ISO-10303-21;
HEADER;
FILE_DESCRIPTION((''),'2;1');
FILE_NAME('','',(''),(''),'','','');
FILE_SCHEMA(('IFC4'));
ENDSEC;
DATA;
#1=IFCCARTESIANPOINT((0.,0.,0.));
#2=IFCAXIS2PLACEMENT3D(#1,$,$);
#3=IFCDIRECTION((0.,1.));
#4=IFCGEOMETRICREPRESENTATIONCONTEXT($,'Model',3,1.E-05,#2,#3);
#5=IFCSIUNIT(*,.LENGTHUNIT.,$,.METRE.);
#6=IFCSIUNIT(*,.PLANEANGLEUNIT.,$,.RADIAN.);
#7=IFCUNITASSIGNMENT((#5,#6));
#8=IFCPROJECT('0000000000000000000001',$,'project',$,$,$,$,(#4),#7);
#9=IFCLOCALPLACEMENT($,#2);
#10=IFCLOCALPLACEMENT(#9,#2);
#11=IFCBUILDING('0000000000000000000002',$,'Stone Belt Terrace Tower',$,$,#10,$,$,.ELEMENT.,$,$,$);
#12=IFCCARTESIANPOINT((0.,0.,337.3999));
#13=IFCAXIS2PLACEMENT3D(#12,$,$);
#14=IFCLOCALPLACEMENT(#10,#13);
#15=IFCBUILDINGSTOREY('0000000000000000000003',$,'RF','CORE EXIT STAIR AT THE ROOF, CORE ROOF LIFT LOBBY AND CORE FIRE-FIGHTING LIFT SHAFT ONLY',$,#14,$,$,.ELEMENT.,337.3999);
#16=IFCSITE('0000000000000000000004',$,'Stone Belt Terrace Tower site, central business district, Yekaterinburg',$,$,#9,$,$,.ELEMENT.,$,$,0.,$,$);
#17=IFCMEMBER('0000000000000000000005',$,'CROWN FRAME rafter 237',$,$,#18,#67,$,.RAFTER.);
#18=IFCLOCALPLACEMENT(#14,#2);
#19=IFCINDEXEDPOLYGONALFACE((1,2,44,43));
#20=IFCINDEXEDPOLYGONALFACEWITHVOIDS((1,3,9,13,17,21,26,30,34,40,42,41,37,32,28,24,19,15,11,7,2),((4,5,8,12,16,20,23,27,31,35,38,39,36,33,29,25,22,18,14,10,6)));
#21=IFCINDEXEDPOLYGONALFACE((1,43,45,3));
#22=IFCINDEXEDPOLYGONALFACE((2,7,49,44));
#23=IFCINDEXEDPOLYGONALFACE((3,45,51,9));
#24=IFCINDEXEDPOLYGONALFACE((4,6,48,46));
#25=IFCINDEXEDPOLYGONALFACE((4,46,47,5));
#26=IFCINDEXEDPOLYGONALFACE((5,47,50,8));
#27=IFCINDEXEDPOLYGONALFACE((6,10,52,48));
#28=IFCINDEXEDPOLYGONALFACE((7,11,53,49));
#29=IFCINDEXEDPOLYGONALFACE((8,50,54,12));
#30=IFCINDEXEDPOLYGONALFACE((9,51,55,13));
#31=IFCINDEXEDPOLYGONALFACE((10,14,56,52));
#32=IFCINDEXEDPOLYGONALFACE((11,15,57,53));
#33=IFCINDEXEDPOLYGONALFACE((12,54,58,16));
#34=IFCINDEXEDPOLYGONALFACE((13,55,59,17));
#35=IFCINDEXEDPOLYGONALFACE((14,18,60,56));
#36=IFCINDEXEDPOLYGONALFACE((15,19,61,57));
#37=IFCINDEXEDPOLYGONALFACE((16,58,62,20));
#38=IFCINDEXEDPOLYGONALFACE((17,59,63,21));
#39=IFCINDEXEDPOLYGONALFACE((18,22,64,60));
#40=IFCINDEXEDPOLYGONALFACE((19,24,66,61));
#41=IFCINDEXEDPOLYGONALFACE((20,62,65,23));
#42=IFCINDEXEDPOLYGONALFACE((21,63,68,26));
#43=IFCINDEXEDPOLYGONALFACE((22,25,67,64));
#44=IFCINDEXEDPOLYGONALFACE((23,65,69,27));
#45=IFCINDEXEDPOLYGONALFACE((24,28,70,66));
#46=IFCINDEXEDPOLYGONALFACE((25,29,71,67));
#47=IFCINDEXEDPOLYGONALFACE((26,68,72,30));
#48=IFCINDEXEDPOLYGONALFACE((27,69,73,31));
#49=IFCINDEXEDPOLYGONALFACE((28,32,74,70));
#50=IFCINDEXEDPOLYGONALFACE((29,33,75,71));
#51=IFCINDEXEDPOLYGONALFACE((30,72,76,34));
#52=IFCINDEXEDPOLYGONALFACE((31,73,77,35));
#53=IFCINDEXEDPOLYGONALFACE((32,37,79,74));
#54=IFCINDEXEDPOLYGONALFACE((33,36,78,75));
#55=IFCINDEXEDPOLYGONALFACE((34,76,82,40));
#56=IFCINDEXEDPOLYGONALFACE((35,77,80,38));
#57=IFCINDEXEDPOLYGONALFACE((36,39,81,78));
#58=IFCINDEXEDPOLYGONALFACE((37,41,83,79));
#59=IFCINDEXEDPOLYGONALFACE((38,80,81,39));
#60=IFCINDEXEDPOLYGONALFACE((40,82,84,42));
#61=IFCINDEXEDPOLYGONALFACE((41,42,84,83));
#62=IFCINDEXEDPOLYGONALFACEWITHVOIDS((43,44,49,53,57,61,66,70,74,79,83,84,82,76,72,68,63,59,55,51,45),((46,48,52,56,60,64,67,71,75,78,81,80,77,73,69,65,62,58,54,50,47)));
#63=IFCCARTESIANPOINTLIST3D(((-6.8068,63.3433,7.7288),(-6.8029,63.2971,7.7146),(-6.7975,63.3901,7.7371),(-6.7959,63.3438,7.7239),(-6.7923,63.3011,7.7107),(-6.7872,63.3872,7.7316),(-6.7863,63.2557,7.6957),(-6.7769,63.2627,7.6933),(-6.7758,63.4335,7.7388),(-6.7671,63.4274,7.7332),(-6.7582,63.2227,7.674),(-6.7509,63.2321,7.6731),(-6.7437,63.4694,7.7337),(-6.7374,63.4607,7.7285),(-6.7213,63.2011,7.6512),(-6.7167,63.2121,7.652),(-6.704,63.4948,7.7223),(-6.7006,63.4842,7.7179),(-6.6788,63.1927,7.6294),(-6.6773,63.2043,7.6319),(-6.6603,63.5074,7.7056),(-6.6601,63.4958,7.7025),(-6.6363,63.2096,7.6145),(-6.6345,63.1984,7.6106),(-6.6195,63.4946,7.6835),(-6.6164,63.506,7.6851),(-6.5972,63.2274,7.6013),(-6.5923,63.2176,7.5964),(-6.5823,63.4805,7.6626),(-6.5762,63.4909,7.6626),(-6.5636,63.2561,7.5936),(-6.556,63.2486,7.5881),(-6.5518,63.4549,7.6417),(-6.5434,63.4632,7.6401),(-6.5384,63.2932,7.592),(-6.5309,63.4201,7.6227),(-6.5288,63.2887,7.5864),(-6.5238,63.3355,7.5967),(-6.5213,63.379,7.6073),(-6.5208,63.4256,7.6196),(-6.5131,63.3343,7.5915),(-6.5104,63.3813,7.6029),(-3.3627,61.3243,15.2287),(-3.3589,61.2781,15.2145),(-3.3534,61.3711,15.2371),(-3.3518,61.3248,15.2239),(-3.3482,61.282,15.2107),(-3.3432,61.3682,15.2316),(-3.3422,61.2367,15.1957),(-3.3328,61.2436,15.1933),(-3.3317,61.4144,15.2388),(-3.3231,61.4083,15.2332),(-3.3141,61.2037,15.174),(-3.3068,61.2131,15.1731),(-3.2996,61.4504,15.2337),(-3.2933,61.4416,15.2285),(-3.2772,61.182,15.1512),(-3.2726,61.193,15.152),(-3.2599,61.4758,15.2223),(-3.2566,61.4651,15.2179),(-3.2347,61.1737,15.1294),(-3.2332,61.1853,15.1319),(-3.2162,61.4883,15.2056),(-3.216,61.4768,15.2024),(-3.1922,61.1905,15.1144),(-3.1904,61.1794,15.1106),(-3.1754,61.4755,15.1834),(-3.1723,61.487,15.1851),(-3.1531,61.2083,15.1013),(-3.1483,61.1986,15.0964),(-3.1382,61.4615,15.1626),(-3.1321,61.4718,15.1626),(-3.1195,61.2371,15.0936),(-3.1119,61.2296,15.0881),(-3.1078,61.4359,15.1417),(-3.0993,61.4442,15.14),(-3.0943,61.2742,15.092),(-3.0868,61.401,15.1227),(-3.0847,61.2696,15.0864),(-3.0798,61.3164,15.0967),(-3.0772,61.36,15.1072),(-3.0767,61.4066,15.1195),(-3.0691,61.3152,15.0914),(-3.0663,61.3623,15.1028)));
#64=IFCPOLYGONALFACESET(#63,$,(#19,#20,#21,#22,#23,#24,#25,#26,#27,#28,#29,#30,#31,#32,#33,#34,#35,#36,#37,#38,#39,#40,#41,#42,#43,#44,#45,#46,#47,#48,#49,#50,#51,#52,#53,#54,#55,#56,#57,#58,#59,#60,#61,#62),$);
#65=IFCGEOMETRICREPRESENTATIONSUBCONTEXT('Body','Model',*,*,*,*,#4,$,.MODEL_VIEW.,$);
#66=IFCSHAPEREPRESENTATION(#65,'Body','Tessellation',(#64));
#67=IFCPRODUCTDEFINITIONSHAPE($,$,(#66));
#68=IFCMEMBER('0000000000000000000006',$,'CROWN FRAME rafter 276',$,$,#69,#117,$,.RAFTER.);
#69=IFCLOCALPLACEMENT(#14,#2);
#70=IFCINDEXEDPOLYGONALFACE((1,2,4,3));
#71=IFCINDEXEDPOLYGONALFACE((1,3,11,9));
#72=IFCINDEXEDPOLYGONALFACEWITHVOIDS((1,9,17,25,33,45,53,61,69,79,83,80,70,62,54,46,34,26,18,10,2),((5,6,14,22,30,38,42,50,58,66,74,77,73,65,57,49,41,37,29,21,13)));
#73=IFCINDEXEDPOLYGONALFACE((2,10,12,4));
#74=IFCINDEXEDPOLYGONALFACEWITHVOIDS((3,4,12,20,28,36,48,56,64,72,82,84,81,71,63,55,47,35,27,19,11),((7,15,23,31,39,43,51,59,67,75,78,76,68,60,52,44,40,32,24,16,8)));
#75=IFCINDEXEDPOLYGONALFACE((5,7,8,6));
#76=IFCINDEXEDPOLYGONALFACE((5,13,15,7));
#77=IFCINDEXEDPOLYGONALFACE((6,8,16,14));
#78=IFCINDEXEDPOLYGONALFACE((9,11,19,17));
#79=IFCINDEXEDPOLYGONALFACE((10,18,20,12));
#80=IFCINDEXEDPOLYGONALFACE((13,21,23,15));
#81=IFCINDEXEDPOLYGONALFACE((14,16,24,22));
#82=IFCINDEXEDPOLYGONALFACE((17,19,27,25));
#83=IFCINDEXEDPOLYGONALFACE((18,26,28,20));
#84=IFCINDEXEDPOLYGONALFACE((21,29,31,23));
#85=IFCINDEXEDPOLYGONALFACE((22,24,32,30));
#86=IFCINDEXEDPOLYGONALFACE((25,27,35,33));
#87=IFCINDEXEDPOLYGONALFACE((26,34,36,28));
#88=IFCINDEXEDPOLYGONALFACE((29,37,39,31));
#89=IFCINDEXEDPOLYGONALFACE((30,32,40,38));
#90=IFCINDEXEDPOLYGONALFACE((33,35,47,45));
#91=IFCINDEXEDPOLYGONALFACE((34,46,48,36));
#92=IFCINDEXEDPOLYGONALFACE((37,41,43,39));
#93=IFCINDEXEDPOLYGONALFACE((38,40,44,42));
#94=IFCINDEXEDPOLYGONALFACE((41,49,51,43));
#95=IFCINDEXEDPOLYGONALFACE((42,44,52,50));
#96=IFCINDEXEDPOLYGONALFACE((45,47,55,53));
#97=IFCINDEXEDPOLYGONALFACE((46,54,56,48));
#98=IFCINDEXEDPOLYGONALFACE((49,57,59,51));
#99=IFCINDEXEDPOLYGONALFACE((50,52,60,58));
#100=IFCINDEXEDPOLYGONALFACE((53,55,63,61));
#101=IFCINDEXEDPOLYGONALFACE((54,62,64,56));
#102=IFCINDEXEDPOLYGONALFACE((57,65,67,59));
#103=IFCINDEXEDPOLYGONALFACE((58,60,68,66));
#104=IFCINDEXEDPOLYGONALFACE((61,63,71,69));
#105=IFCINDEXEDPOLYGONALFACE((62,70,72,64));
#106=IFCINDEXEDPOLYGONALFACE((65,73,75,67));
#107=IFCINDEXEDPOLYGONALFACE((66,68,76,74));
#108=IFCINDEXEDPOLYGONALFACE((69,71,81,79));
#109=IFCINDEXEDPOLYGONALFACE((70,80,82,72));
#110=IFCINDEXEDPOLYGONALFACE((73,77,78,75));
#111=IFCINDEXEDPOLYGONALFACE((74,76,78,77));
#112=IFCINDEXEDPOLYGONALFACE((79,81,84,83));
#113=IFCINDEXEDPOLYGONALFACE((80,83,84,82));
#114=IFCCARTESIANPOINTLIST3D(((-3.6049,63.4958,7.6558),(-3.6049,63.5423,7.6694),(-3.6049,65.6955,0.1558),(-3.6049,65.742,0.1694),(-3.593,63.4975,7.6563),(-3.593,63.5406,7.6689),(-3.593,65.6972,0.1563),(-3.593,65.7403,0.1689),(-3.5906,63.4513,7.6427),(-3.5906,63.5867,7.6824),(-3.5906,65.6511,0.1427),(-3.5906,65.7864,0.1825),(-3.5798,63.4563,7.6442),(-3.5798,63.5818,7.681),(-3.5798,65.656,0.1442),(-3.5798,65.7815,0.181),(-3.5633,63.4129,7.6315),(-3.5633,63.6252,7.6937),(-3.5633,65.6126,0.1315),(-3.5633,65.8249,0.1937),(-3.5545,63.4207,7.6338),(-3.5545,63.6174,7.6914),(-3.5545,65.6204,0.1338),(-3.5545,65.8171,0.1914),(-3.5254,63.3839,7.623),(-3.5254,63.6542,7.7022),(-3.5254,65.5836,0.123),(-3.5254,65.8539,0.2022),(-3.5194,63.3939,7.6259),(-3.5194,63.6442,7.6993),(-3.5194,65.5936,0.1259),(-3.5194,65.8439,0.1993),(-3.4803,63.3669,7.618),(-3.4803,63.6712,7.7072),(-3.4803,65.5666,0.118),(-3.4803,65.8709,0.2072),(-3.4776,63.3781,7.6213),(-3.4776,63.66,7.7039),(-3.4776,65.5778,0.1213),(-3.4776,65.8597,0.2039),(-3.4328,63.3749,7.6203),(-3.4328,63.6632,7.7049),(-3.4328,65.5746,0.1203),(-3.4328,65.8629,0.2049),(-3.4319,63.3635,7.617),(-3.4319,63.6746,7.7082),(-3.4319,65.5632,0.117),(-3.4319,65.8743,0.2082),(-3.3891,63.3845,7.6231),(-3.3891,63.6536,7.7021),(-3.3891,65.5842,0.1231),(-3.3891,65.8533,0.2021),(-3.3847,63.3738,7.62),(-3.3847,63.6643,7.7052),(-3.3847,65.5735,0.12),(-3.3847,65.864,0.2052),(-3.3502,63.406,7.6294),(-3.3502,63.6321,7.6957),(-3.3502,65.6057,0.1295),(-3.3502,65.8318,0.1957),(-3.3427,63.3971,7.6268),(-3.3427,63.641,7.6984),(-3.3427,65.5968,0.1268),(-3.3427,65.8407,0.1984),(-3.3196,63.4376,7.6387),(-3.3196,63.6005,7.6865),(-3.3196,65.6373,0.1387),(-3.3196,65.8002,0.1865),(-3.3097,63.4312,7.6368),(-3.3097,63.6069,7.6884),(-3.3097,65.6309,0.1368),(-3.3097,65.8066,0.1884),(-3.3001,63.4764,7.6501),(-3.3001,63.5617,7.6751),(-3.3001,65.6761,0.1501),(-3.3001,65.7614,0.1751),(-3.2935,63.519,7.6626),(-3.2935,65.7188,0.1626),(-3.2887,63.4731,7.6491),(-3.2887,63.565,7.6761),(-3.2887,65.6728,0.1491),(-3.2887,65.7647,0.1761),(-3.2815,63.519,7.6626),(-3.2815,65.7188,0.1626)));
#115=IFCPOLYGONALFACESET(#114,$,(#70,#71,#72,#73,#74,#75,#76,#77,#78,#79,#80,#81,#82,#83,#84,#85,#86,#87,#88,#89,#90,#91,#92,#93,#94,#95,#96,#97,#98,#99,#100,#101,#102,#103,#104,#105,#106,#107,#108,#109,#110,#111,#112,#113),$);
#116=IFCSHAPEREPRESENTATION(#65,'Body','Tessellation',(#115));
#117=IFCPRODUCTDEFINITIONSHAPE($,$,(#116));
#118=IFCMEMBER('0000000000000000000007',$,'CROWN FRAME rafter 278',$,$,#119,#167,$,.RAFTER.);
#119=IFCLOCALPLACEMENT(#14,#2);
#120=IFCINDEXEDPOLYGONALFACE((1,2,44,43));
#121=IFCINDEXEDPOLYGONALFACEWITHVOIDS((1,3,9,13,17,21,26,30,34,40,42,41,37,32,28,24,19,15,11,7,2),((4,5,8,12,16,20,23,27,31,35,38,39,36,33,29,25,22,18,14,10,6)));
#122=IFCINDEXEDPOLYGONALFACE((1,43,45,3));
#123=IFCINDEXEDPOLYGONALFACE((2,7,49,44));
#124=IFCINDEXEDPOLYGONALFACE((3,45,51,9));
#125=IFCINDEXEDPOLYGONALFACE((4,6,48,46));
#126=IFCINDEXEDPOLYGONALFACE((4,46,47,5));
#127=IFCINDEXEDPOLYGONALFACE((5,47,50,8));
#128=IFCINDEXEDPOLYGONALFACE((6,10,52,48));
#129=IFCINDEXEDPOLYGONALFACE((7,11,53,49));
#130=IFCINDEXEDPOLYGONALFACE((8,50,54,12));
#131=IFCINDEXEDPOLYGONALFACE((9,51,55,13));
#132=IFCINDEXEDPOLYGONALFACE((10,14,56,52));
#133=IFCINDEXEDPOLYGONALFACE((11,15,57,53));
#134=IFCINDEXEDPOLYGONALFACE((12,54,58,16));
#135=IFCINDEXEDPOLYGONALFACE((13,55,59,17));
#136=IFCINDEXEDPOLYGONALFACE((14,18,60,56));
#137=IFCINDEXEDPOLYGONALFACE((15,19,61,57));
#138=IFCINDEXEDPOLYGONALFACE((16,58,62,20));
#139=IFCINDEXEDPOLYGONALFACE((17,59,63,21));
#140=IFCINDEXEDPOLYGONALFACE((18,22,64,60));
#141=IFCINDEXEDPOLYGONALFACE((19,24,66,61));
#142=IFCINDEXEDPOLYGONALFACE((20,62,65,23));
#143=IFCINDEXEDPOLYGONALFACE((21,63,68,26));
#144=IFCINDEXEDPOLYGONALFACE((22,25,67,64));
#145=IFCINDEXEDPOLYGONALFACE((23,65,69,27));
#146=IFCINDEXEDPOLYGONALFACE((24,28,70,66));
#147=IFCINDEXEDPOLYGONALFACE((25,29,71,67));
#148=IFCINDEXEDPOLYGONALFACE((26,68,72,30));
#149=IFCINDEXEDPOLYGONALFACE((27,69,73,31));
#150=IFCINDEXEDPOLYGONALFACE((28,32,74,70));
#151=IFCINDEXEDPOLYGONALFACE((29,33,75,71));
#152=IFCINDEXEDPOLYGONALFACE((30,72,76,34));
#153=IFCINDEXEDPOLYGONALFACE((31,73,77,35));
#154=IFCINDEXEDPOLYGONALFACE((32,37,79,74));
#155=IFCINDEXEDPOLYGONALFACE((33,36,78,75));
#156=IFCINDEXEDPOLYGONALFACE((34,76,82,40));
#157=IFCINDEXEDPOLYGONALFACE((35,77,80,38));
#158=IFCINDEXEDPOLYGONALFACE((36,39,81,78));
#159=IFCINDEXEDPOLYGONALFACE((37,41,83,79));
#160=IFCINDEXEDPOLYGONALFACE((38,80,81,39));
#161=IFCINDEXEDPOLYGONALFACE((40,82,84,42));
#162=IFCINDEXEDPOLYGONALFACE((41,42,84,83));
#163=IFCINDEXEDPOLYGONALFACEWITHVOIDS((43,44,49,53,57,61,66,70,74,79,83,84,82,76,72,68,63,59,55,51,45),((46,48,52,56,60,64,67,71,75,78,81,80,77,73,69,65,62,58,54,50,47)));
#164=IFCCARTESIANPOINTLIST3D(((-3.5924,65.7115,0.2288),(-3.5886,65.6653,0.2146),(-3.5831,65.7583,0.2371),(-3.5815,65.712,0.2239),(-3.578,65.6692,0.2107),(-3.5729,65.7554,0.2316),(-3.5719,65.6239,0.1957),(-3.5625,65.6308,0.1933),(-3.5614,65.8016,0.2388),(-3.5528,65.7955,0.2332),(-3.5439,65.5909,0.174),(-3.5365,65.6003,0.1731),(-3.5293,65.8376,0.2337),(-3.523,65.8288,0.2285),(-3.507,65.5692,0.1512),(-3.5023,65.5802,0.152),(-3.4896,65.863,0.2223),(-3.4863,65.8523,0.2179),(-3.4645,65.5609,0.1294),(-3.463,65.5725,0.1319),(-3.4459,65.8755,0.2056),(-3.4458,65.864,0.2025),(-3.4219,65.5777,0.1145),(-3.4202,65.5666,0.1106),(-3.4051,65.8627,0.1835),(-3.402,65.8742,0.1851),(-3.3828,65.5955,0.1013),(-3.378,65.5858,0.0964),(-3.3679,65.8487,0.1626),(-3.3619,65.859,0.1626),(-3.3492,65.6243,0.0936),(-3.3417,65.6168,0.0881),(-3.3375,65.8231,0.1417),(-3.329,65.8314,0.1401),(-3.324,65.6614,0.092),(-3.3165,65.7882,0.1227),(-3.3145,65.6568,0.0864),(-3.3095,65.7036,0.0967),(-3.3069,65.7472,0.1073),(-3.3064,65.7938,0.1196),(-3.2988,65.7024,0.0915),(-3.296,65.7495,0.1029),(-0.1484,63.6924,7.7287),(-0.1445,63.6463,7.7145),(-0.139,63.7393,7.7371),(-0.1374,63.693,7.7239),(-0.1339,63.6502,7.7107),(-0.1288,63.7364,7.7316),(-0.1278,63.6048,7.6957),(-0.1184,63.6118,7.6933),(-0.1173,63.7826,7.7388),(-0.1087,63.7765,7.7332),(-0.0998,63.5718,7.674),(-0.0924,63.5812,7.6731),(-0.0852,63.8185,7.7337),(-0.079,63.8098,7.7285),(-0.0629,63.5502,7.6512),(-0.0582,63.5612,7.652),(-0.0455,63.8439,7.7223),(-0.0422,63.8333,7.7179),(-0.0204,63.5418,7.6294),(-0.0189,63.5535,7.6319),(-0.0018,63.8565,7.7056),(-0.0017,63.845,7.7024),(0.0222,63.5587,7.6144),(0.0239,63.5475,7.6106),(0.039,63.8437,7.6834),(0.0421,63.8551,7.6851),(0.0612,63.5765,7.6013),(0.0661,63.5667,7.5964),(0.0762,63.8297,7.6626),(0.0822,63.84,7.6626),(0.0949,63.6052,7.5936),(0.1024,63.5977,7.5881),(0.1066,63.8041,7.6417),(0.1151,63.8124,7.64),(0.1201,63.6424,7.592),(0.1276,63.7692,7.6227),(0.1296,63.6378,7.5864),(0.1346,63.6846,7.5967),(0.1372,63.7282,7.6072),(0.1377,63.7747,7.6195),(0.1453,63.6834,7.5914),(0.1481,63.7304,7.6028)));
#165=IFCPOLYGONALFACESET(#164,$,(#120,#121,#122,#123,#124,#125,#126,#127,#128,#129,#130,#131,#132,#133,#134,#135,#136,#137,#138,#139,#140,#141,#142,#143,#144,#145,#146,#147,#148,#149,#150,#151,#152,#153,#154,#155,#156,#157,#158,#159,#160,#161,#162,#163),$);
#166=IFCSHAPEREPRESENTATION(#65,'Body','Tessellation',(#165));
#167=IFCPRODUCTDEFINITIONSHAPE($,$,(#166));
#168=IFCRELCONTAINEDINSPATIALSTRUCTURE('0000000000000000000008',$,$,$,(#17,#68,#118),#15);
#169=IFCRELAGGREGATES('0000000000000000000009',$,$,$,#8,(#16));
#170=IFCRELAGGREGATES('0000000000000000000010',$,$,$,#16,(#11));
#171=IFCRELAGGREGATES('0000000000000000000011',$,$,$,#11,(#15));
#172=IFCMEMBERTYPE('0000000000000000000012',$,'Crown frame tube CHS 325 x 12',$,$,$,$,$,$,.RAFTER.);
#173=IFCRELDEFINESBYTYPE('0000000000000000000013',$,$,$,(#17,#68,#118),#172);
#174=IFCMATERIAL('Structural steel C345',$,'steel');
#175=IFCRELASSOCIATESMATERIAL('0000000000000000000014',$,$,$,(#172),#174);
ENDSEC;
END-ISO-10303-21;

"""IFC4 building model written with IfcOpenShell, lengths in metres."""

from ifc_helpers import new_model, si_unit, direction, frame, origin, origin_2d, place, context, subcontext, project, spatial, hollow_circle, extrude, material, material_profile, profile_set, type_object, element, save


model = new_model("IFC4")

# Units and contexts
model_context = context("Model", 3, precision=1e-05, world=origin(), true_north=direction((0.0, 1.0)))
body_context = subcontext(model_context, "Body", "Model", "MODEL_VIEW")
ifc_project = project(units=[si_unit("LENGTHUNIT", "METRE"), si_unit("PLANEANGLEUNIT", "RADIAN")], contexts=[model_context])

# Site, building, storey
site_placement = place(None, origin())
site = spatial("IfcSite", under=ifc_project, at=site_placement, Name="Stone Belt Terrace Tower site, central business district, Yekaterinburg", CompositionType="ELEMENT", RefElevation=0.0)
building_placement = place(site_placement, origin())
building = spatial("IfcBuilding", under=site, at=building_placement, Name="Stone Belt Terrace Tower", CompositionType="ELEMENT")
storey_placement = place(building_placement, frame((0.0, 0.0, 337.3999)))
storey = spatial("IfcBuildingStorey", under=building, at=storey_placement, Name="RF", Description="CORE EXIT STAIR AT THE ROOF, CORE ROOF LIFT LOBBY AND CORE FIRE-FIGHTING LIFT SHAFT ONLY", CompositionType="ELEMENT", Elevation=337.3999)

# Members
ifc_material_1 = material(Name="Structural steel C345", Category="steel")
ifc_material_profile_1 = material_profile(ifc_material_1, hollow_circle(Radius=0.1626, WallThickness=0.012, at=origin_2d()), Name="Structural steel C345 CHS 325x12")
ifc_profile_set_1 = profile_set([ifc_material_profile_1], Name="Structural steel C345")
member_type_1 = type_object("IfcMemberType", Name="Crown frame tube CHS 325 x 12", PredefinedType="RAFTER", material=ifc_profile_set_1)
member_1_placement = place(storey_placement, frame((-6.6584, 63.3506, 7.6626), z_axis=(0.40536, -0.237636, 0.88273), x_axis=(0.505737, 0.862688, 0.0)))
element("IfcMember", 1, at=member_1_placement, inside=storey, type_object=member_type_1, Name="CROWN FRAME rafter 237", PredefinedType="RAFTER", context=body_context, shape_type="SweptSolid", body=[
    extrude(hollow_circle(Radius=0.1626, WallThickness=0.012, at=origin_2d()), origin(), (0.0, 0.0, 1.0), 8.4963),
])
member_2_placement = place(storey_placement, frame((-3.4441, 65.7188, 0.1626), z_axis=(0.0, -0.281439, 0.959579), x_axis=(1.0, 0.0, 0.0)))
element("IfcMember", 2, at=member_2_placement, inside=storey, type_object=member_type_1, Name="CROWN FRAME rafter 276", PredefinedType="RAFTER", context=body_context, shape_type="SweptSolid", body=[
    extrude(hollow_circle(Radius=0.1626, WallThickness=0.012, at=origin_2d()), origin(), (0.0, 0.0, 1.0), 7.8159),
])
for number, where, z_axis, x_axis, name in (
    (3, (-3.4441, 65.7188, 0.1626), (0.40536, -0.237636, 0.88273), (0.505737, 0.862688, 0.0), "CROWN FRAME rafter 278"),
):
    element("IfcMember", number, at=place(storey_placement, frame(where, z_axis=z_axis, x_axis=x_axis)), inside=storey, type_object=member_type_1, Name=name, PredefinedType="RAFTER", context=body_context, shape_type="SweptSolid", body=[
        extrude(hollow_circle(Radius=0.1626, WallThickness=0.012, at=origin_2d()), origin(), (0.0, 0.0, 1.0), 8.4963),
    ])

save(model, "model.ifc")
